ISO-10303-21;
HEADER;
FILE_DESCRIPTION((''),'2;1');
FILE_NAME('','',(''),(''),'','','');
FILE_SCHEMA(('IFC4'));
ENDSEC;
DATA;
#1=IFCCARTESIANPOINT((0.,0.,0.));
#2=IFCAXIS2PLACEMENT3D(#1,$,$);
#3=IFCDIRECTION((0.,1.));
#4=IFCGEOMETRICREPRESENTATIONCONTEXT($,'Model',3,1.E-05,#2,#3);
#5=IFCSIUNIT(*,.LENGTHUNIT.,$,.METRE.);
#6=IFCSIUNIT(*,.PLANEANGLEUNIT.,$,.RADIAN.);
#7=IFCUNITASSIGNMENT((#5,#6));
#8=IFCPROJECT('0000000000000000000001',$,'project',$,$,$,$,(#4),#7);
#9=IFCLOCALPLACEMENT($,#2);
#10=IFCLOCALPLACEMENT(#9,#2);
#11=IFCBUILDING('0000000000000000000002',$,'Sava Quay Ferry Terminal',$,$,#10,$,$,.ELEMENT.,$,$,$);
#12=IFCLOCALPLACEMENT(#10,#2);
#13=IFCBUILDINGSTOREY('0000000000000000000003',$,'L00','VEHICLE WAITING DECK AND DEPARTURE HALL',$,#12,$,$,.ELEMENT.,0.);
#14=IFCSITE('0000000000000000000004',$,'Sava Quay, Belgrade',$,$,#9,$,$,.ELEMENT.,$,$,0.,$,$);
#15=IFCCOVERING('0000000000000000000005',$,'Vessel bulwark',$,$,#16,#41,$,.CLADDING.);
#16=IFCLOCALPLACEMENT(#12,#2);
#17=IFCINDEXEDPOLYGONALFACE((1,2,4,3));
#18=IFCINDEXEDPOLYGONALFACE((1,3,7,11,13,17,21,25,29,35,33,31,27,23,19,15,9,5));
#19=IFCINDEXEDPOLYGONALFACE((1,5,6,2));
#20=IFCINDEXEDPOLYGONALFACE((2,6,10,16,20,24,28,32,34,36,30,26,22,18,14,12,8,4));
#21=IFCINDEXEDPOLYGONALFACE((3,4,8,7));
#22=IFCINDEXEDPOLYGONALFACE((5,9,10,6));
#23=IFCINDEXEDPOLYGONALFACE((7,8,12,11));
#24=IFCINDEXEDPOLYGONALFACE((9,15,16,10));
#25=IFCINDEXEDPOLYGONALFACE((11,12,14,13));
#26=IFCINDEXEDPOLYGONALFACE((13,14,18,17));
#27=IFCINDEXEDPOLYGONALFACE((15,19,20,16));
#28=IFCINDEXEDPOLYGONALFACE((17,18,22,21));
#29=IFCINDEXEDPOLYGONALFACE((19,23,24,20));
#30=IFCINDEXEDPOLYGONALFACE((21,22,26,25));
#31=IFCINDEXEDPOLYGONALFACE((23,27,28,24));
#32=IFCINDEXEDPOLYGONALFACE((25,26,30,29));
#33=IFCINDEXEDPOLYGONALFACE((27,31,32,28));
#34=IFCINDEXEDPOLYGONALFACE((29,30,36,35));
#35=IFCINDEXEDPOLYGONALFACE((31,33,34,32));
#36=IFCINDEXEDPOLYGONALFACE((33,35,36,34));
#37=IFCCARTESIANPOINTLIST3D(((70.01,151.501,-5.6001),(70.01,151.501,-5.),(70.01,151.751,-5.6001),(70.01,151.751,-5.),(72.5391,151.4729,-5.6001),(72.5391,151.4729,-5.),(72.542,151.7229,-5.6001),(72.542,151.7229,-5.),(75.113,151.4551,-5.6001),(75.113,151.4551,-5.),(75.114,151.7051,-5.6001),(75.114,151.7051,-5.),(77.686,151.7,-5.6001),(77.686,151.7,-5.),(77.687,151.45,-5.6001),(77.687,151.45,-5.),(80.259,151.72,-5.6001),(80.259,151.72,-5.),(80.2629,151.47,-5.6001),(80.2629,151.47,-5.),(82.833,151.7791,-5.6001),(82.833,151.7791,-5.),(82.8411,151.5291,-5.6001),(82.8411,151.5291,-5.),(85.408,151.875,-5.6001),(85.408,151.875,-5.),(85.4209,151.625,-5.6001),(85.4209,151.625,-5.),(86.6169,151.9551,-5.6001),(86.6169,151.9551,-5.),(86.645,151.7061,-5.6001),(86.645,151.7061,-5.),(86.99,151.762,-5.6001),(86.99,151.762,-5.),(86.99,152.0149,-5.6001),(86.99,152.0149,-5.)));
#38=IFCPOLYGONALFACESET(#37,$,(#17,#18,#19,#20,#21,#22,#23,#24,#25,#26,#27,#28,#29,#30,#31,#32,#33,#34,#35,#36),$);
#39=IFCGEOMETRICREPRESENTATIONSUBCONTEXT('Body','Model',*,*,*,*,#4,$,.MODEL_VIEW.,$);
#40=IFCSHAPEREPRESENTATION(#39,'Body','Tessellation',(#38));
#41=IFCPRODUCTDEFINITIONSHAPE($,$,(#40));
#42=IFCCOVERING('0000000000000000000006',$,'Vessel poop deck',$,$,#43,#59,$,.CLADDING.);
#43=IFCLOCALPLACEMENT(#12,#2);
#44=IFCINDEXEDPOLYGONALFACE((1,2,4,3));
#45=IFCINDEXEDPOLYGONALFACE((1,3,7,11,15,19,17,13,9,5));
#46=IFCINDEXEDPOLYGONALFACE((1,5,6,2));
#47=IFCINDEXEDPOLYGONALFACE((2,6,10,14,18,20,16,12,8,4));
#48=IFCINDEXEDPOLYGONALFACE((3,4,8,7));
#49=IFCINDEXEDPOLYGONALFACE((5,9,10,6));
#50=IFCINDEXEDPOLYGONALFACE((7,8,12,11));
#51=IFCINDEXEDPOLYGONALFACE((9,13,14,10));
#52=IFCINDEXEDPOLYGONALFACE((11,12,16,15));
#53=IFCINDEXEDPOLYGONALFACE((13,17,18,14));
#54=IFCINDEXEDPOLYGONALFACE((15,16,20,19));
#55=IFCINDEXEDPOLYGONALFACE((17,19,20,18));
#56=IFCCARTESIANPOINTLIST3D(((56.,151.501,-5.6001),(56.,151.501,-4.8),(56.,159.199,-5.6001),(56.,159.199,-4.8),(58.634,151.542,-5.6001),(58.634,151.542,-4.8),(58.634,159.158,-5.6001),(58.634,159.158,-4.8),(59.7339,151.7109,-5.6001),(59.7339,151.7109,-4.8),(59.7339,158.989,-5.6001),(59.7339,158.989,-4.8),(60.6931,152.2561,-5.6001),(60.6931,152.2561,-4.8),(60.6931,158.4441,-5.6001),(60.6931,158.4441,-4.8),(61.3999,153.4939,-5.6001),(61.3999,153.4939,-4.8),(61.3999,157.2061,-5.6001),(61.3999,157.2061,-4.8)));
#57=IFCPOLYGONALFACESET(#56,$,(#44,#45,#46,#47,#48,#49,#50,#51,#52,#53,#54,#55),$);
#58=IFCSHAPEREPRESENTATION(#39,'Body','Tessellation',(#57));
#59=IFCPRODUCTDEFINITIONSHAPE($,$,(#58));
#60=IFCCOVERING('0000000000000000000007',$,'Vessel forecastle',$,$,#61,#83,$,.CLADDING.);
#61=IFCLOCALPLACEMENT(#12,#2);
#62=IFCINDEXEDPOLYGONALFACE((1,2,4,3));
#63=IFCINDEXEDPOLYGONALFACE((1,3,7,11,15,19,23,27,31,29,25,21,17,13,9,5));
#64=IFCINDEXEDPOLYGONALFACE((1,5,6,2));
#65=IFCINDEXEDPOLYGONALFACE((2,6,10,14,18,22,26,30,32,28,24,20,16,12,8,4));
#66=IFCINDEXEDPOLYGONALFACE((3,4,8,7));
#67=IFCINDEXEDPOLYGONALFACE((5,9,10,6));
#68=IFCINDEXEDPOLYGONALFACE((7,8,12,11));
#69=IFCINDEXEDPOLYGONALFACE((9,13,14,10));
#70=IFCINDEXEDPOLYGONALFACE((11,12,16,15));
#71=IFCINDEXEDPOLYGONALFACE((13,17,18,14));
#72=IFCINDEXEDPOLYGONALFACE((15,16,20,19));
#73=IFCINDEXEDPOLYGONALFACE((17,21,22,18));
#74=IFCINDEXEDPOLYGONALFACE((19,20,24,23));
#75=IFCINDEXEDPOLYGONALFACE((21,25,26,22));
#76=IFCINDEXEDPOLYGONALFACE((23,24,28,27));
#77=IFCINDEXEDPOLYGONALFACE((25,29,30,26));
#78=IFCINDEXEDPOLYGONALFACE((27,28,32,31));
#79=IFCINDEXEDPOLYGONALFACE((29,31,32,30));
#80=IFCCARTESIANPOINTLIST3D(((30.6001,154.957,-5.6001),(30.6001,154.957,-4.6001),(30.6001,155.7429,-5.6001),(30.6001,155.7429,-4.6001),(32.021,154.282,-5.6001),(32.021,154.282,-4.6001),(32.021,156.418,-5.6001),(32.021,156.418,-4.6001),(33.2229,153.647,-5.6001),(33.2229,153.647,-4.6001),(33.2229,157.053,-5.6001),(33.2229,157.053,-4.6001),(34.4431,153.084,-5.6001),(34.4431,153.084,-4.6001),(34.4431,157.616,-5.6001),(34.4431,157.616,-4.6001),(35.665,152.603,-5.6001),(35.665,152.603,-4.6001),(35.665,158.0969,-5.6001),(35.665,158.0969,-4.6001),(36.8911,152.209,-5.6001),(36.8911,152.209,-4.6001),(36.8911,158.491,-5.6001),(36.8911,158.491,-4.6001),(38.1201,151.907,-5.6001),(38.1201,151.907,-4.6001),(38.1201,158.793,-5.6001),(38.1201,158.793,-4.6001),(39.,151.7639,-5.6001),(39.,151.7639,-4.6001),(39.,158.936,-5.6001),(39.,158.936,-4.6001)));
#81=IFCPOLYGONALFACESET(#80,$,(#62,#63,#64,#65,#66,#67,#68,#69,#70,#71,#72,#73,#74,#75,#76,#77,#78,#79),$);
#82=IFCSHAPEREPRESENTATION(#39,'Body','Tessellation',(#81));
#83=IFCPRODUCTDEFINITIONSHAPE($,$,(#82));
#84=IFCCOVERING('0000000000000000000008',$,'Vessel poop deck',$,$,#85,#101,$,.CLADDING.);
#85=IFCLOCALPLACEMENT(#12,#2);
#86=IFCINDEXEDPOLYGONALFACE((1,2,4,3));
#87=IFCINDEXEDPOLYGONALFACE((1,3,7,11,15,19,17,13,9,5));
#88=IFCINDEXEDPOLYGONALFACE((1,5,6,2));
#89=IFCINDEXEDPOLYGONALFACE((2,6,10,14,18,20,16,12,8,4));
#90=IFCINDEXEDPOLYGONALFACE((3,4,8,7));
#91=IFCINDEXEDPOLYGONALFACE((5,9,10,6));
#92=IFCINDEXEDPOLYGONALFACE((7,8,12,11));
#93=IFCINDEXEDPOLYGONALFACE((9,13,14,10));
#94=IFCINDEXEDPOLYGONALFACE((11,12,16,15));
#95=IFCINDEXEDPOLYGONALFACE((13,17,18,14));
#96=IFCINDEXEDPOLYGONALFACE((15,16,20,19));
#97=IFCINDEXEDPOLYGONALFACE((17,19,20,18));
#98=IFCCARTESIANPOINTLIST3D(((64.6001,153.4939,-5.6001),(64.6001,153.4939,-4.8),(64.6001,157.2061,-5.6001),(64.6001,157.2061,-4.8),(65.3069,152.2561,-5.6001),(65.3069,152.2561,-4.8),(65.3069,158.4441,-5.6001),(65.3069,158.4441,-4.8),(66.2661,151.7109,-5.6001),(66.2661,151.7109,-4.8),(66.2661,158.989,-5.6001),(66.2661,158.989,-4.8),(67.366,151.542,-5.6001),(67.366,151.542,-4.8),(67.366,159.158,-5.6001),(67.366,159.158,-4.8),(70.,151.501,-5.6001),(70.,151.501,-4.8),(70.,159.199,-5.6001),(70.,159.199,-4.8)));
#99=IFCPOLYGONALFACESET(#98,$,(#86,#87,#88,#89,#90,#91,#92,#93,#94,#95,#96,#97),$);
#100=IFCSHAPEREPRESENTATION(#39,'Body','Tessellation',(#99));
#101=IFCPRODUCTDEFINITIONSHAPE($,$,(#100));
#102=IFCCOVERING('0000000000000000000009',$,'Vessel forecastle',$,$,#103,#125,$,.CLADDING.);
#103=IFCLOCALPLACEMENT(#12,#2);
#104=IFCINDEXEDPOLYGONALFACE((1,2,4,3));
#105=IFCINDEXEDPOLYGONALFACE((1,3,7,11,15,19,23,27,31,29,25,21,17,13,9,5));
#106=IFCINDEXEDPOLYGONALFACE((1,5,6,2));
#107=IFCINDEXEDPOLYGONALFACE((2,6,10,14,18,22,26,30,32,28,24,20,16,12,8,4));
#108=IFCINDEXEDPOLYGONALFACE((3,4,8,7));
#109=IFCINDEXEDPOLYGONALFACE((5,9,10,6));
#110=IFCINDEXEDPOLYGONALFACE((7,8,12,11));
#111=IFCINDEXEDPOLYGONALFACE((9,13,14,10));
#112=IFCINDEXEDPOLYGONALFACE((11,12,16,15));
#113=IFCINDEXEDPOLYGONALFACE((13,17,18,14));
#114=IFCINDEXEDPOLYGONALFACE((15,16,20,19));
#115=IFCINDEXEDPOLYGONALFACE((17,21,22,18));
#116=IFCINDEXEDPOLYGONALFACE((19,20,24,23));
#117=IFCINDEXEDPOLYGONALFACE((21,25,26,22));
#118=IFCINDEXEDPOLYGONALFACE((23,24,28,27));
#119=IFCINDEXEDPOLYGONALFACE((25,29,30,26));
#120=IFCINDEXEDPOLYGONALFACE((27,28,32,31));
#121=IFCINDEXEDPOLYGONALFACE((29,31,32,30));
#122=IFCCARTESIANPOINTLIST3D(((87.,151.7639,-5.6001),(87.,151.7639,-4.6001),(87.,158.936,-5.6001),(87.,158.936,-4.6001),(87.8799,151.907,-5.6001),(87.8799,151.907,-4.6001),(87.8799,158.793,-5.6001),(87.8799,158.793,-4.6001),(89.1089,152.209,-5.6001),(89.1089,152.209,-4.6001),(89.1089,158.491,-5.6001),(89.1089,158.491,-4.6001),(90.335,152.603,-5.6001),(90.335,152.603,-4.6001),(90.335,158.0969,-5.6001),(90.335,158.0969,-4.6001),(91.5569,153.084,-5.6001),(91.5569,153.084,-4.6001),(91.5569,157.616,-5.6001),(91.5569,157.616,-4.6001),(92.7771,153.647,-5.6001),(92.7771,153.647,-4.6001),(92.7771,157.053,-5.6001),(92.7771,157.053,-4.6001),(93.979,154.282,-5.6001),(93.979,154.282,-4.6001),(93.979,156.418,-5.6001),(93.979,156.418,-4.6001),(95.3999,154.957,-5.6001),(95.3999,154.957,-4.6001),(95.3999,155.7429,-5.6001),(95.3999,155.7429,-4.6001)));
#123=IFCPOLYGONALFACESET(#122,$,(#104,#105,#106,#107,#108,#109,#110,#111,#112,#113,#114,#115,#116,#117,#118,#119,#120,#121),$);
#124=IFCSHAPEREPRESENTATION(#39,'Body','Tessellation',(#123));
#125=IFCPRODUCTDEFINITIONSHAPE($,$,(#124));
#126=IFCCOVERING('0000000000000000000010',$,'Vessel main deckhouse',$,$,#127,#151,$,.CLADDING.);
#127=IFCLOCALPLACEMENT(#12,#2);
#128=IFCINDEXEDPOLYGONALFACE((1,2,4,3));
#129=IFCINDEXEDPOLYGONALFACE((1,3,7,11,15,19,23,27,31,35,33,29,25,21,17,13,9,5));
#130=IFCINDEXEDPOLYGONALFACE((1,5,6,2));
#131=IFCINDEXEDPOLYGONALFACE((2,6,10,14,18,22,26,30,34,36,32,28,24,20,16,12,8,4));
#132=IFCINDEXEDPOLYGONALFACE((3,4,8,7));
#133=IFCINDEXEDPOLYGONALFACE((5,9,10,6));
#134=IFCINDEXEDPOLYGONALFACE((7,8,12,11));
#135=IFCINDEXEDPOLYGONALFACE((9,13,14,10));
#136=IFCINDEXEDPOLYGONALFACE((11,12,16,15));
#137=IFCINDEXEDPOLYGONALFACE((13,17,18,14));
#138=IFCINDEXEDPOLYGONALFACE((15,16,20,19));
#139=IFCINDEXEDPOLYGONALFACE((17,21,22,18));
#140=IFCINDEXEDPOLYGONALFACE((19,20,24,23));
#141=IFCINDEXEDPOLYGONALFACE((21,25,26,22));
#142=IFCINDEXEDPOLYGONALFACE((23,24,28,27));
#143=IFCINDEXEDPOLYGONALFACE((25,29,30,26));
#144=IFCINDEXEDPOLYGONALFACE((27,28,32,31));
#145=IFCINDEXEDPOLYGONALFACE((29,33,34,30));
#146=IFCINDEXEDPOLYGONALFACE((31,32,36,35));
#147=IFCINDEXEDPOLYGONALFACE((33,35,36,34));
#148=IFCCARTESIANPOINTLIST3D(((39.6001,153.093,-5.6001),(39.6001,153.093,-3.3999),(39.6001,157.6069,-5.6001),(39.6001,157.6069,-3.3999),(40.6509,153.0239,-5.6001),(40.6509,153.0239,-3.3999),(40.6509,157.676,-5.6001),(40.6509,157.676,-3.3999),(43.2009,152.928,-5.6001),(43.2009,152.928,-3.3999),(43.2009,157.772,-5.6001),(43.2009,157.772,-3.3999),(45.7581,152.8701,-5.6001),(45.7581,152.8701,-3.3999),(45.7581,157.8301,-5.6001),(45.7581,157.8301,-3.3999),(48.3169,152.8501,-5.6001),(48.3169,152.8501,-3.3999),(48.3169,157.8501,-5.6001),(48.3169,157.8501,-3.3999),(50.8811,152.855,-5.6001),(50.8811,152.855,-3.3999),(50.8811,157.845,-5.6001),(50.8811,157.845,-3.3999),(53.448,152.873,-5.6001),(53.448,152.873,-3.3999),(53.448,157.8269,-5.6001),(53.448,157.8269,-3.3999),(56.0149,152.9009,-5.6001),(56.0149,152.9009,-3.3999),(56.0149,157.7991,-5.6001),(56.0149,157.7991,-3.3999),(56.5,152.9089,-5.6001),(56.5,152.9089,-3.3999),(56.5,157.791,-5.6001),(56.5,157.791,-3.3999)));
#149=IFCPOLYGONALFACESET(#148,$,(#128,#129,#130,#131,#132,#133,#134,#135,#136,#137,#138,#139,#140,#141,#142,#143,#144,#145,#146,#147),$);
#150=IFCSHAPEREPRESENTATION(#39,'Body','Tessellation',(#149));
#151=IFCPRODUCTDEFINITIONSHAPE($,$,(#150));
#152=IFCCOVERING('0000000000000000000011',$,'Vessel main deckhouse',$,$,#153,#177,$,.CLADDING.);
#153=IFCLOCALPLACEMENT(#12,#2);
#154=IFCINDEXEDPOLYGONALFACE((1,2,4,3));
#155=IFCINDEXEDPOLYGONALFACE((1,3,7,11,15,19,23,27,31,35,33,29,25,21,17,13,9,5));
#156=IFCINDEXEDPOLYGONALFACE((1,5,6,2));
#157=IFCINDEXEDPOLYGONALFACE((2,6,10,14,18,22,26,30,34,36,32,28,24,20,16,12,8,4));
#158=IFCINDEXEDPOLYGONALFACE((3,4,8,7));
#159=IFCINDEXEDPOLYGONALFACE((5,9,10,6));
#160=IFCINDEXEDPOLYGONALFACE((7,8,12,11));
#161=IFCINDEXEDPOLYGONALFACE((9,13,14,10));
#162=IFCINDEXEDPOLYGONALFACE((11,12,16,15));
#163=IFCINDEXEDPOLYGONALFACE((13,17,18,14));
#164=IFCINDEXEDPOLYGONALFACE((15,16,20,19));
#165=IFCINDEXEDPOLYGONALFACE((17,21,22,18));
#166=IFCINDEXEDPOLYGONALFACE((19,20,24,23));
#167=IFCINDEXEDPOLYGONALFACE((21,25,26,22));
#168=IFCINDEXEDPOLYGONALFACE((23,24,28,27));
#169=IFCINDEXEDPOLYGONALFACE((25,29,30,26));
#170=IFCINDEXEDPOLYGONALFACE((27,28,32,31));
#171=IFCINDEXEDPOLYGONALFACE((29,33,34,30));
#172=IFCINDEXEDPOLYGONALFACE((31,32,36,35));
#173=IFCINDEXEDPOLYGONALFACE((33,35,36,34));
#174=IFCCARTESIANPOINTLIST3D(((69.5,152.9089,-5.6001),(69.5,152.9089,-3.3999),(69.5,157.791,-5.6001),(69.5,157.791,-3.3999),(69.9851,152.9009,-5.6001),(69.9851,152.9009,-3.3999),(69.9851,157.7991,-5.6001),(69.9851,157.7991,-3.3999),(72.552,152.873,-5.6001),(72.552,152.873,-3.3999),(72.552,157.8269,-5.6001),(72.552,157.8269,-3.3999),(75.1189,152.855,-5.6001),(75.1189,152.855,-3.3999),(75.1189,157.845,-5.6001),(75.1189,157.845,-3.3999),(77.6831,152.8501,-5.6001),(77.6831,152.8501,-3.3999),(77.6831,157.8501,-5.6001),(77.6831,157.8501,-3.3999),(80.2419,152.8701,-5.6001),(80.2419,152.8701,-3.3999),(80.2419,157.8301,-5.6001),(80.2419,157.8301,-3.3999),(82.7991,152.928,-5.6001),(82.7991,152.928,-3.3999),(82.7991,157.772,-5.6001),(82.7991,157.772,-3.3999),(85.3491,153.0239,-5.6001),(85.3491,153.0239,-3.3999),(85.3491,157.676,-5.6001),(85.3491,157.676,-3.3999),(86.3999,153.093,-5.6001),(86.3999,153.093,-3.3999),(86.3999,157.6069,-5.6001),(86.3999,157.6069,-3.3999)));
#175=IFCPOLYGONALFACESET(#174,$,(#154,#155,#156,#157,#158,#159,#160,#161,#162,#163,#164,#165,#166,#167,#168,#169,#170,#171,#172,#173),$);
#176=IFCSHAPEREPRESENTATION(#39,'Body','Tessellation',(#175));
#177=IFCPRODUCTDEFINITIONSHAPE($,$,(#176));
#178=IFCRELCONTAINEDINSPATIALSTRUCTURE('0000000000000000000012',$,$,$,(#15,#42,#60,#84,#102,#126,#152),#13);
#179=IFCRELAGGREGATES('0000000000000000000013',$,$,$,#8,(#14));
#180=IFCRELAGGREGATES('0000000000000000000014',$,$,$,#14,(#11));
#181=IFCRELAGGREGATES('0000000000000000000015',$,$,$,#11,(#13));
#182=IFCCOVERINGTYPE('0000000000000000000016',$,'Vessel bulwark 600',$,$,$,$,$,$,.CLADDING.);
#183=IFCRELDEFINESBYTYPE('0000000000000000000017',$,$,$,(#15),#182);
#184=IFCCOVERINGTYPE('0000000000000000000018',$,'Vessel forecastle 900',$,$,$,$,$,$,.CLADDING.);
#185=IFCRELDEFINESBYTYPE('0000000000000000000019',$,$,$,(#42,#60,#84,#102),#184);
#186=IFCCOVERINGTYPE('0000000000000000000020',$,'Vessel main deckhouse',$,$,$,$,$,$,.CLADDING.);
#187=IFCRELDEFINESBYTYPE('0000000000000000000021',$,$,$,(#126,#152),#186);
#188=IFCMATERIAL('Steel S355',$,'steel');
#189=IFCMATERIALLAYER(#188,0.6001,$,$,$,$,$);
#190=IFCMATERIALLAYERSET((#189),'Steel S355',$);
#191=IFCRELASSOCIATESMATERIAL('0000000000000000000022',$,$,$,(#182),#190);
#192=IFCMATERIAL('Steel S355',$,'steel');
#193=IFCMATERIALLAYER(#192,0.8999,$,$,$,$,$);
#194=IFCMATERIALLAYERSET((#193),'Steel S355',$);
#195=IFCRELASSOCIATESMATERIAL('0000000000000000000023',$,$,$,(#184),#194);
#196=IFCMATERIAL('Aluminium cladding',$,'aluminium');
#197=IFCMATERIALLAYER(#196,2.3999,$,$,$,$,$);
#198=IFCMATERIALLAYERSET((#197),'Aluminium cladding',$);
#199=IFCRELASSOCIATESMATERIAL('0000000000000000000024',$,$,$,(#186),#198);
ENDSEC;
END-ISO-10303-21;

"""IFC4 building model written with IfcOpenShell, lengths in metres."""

from ifc_helpers import new_model, si_unit, direction, frame, origin, place, context, subcontext, project, spatial, polyline, outline, extrude, material, layer, layer_set, type_object, element, save


model = new_model("IFC4")

# Units and contexts
model_context = context("Model", 3, precision=1e-05, world=origin(), true_north=direction((0.0, 1.0)))
body_context = subcontext(model_context, "Body", "Model", "MODEL_VIEW")
ifc_project = project(units=[si_unit("LENGTHUNIT", "METRE"), si_unit("PLANEANGLEUNIT", "RADIAN")], contexts=[model_context])

# Site, building, storey
site_placement = place(None, origin())
site = spatial("IfcSite", under=ifc_project, at=site_placement, Name="Sava Quay, Belgrade", CompositionType="ELEMENT", RefElevation=0.0)
building_placement = place(site_placement, origin())
building = spatial("IfcBuilding", under=site, at=building_placement, Name="Sava Quay Ferry Terminal", CompositionType="ELEMENT")
storey_placement = place(building_placement, origin())
storey = spatial("IfcBuildingStorey", under=building, at=storey_placement, Name="L00", Description="VEHICLE WAITING DECK AND DEPARTURE HALL", CompositionType="ELEMENT", Elevation=0.0)

# Coverings
ifc_material_1 = material(Name="Steel S355", Category="steel")
ifc_layer_1 = layer(ifc_material_1, 0.6001)
ifc_layer_set_1 = layer_set([ifc_layer_1], Name="Steel S355")
covering_type_1 = type_object("IfcCoveringType", Name="Vessel bulwark 600", PredefinedType="CLADDING", material=ifc_layer_set_1)
covering_1_placement = place(storey_placement, frame((0.0, 0.0, -5.6001)))
element("IfcCovering", 1, at=covering_1_placement, inside=storey, type_object=covering_type_1, Name="Vessel bulwark", PredefinedType="CLADDING", context=body_context, shape_type="SweptSolid", body=[
    extrude(outline(polyline([(86.645, 151.7061), (86.99, 151.762), (86.99, 152.0149), (86.6169, 151.9551), (85.408, 151.875), (82.833, 151.7791), (80.259, 151.72), (77.686, 151.7), (75.114, 151.7051), (72.542, 151.7229), (70.01, 151.751), (70.01, 151.501), (72.5391, 151.4729), (75.113, 151.4551), (77.687, 151.45), (80.2629, 151.47), (82.8411, 151.5291), (85.4209, 151.625), (86.645, 151.7061)])), origin(), (0.0, 0.0, 1.0), 0.6001),
])
ifc_material_2 = material(Name="Steel S355", Category="steel")
ifc_layer_2 = layer(ifc_material_2, 0.8999)
ifc_layer_set_2 = layer_set([ifc_layer_2], Name="Steel S355")
covering_type_2 = type_object("IfcCoveringType", Name="Vessel forecastle 900", PredefinedType="CLADDING", material=ifc_layer_set_2)
covering_2_placement = place(storey_placement, frame((0.0, 0.0, -5.6001)))
element("IfcCovering", 2, at=covering_2_placement, inside=storey, type_object=covering_type_2, Name="Vessel poop deck", PredefinedType="CLADDING", context=body_context, shape_type="SweptSolid", body=[
    extrude(outline(polyline([(60.6931, 158.4441), (59.7339, 158.989), (58.634, 159.158), (56.0, 159.199), (56.0, 151.501), (58.634, 151.542), (59.7339, 151.7109), (60.6931, 152.2561), (61.3999, 153.4939), (61.3999, 157.2061), (60.6931, 158.4441)])), origin(), (0.0, 0.0, 1.0), 0.8),
])
covering_3_placement = place(storey_placement, frame((0.0, 0.0, -5.6001)))
element("IfcCovering", 3, at=covering_3_placement, inside=storey, type_object=covering_type_2, Name="Vessel forecastle", PredefinedType="CLADDING", context=body_context, shape_type="SweptSolid", body=[
    extrude(outline(polyline([(38.1201, 158.793), (36.8911, 158.491), (35.665, 158.0969), (34.4431, 157.616), (33.2229, 157.053), (32.021, 156.418), (30.6001, 155.7429), (30.6001, 154.957), (32.021, 154.282), (33.2229, 153.647), (34.4431, 153.084), (35.665, 152.603), (36.8911, 152.209), (38.1201, 151.907), (39.0, 151.7639), (39.0, 158.936), (38.1201, 158.793)])), origin(), (0.0, 0.0, 1.0), 1.0),
])
covering_4_placement = place(storey_placement, frame((0.0, 0.0, -5.6001)))
element("IfcCovering", 4, at=covering_4_placement, inside=storey, type_object=covering_type_2, Name="Vessel poop deck", PredefinedType="CLADDING", context=body_context, shape_type="SweptSolid", body=[
    extrude(outline(polyline([(65.3069, 158.4441), (64.6001, 157.2061), (64.6001, 153.4939), (65.3069, 152.2561), (66.2661, 151.7109), (67.366, 151.542), (70.0, 151.501), (70.0, 159.199), (67.366, 159.158), (66.2661, 158.989), (65.3069, 158.4441)])), origin(), (0.0, 0.0, 1.0), 0.8),
])
covering_5_placement = place(storey_placement, frame((0.0, 0.0, -5.6001)))
element("IfcCovering", 5, at=covering_5_placement, inside=storey, type_object=covering_type_2, Name="Vessel forecastle", PredefinedType="CLADDING", context=body_context, shape_type="SweptSolid", body=[
    extrude(outline(polyline([(87.8799, 158.793), (87.0, 158.936), (87.0, 151.7639), (87.8799, 151.907), (89.1089, 152.209), (90.335, 152.603), (91.5569, 153.084), (92.7771, 153.647), (93.979, 154.282), (95.3999, 154.957), (95.3999, 155.7429), (93.979, 156.418), (92.7771, 157.053), (91.5569, 157.616), (90.335, 158.0969), (89.1089, 158.491), (87.8799, 158.793)])), origin(), (0.0, 0.0, 1.0), 1.0),
])
ifc_material_3 = material(Name="Aluminium cladding", Category="aluminium")
ifc_layer_3 = layer(ifc_material_3, 2.3999)
ifc_layer_set_3 = layer_set([ifc_layer_3], Name="Aluminium cladding")
covering_type_3 = type_object("IfcCoveringType", Name="Vessel main deckhouse", PredefinedType="CLADDING", material=ifc_layer_set_3)
covering_6_placement = place(storey_placement, frame((0.0, 0.0, -5.6001)))
element("IfcCovering", 6, at=covering_6_placement, inside=storey, type_object=covering_type_3, Name="Vessel main deckhouse", PredefinedType="CLADDING", context=body_context, shape_type="SweptSolid", body=[
    extrude(outline(polyline([(56.0149, 157.7991), (53.448, 157.8269), (50.8811, 157.845), (48.3169, 157.8501), (45.7581, 157.8301), (43.2009, 157.772), (40.6509, 157.676), (39.6001, 157.6069), (39.6001, 153.093), (40.6509, 153.0239), (43.2009, 152.928), (45.7581, 152.8701), (48.3169, 152.8501), (50.8811, 152.855), (53.448, 152.873), (56.0149, 152.9009), (56.5, 152.9089), (56.5, 157.791), (56.0149, 157.7991)])), origin(), (0.0, 0.0, 1.0), 2.2002),
])
covering_7_placement = place(storey_placement, frame((0.0, 0.0, -5.6001)))
element("IfcCovering", 7, at=covering_7_placement, inside=storey, type_object=covering_type_3, Name="Vessel main deckhouse", PredefinedType="CLADDING", context=body_context, shape_type="SweptSolid", body=[
    extrude(outline(polyline([(69.9851, 157.7991), (69.5, 157.791), (69.5, 152.9089), (69.9851, 152.9009), (72.552, 152.873), (75.1189, 152.855), (77.6831, 152.8501), (80.2419, 152.8701), (82.7991, 152.928), (85.3491, 153.0239), (86.3999, 153.093), (86.3999, 157.6069), (85.3491, 157.676), (82.7991, 157.772), (80.2419, 157.8301), (77.6831, 157.8501), (75.1189, 157.845), (72.552, 157.8269), (69.9851, 157.7991)])), origin(), (0.0, 0.0, 1.0), 2.2002),
])

save(model, "model.ifc")
